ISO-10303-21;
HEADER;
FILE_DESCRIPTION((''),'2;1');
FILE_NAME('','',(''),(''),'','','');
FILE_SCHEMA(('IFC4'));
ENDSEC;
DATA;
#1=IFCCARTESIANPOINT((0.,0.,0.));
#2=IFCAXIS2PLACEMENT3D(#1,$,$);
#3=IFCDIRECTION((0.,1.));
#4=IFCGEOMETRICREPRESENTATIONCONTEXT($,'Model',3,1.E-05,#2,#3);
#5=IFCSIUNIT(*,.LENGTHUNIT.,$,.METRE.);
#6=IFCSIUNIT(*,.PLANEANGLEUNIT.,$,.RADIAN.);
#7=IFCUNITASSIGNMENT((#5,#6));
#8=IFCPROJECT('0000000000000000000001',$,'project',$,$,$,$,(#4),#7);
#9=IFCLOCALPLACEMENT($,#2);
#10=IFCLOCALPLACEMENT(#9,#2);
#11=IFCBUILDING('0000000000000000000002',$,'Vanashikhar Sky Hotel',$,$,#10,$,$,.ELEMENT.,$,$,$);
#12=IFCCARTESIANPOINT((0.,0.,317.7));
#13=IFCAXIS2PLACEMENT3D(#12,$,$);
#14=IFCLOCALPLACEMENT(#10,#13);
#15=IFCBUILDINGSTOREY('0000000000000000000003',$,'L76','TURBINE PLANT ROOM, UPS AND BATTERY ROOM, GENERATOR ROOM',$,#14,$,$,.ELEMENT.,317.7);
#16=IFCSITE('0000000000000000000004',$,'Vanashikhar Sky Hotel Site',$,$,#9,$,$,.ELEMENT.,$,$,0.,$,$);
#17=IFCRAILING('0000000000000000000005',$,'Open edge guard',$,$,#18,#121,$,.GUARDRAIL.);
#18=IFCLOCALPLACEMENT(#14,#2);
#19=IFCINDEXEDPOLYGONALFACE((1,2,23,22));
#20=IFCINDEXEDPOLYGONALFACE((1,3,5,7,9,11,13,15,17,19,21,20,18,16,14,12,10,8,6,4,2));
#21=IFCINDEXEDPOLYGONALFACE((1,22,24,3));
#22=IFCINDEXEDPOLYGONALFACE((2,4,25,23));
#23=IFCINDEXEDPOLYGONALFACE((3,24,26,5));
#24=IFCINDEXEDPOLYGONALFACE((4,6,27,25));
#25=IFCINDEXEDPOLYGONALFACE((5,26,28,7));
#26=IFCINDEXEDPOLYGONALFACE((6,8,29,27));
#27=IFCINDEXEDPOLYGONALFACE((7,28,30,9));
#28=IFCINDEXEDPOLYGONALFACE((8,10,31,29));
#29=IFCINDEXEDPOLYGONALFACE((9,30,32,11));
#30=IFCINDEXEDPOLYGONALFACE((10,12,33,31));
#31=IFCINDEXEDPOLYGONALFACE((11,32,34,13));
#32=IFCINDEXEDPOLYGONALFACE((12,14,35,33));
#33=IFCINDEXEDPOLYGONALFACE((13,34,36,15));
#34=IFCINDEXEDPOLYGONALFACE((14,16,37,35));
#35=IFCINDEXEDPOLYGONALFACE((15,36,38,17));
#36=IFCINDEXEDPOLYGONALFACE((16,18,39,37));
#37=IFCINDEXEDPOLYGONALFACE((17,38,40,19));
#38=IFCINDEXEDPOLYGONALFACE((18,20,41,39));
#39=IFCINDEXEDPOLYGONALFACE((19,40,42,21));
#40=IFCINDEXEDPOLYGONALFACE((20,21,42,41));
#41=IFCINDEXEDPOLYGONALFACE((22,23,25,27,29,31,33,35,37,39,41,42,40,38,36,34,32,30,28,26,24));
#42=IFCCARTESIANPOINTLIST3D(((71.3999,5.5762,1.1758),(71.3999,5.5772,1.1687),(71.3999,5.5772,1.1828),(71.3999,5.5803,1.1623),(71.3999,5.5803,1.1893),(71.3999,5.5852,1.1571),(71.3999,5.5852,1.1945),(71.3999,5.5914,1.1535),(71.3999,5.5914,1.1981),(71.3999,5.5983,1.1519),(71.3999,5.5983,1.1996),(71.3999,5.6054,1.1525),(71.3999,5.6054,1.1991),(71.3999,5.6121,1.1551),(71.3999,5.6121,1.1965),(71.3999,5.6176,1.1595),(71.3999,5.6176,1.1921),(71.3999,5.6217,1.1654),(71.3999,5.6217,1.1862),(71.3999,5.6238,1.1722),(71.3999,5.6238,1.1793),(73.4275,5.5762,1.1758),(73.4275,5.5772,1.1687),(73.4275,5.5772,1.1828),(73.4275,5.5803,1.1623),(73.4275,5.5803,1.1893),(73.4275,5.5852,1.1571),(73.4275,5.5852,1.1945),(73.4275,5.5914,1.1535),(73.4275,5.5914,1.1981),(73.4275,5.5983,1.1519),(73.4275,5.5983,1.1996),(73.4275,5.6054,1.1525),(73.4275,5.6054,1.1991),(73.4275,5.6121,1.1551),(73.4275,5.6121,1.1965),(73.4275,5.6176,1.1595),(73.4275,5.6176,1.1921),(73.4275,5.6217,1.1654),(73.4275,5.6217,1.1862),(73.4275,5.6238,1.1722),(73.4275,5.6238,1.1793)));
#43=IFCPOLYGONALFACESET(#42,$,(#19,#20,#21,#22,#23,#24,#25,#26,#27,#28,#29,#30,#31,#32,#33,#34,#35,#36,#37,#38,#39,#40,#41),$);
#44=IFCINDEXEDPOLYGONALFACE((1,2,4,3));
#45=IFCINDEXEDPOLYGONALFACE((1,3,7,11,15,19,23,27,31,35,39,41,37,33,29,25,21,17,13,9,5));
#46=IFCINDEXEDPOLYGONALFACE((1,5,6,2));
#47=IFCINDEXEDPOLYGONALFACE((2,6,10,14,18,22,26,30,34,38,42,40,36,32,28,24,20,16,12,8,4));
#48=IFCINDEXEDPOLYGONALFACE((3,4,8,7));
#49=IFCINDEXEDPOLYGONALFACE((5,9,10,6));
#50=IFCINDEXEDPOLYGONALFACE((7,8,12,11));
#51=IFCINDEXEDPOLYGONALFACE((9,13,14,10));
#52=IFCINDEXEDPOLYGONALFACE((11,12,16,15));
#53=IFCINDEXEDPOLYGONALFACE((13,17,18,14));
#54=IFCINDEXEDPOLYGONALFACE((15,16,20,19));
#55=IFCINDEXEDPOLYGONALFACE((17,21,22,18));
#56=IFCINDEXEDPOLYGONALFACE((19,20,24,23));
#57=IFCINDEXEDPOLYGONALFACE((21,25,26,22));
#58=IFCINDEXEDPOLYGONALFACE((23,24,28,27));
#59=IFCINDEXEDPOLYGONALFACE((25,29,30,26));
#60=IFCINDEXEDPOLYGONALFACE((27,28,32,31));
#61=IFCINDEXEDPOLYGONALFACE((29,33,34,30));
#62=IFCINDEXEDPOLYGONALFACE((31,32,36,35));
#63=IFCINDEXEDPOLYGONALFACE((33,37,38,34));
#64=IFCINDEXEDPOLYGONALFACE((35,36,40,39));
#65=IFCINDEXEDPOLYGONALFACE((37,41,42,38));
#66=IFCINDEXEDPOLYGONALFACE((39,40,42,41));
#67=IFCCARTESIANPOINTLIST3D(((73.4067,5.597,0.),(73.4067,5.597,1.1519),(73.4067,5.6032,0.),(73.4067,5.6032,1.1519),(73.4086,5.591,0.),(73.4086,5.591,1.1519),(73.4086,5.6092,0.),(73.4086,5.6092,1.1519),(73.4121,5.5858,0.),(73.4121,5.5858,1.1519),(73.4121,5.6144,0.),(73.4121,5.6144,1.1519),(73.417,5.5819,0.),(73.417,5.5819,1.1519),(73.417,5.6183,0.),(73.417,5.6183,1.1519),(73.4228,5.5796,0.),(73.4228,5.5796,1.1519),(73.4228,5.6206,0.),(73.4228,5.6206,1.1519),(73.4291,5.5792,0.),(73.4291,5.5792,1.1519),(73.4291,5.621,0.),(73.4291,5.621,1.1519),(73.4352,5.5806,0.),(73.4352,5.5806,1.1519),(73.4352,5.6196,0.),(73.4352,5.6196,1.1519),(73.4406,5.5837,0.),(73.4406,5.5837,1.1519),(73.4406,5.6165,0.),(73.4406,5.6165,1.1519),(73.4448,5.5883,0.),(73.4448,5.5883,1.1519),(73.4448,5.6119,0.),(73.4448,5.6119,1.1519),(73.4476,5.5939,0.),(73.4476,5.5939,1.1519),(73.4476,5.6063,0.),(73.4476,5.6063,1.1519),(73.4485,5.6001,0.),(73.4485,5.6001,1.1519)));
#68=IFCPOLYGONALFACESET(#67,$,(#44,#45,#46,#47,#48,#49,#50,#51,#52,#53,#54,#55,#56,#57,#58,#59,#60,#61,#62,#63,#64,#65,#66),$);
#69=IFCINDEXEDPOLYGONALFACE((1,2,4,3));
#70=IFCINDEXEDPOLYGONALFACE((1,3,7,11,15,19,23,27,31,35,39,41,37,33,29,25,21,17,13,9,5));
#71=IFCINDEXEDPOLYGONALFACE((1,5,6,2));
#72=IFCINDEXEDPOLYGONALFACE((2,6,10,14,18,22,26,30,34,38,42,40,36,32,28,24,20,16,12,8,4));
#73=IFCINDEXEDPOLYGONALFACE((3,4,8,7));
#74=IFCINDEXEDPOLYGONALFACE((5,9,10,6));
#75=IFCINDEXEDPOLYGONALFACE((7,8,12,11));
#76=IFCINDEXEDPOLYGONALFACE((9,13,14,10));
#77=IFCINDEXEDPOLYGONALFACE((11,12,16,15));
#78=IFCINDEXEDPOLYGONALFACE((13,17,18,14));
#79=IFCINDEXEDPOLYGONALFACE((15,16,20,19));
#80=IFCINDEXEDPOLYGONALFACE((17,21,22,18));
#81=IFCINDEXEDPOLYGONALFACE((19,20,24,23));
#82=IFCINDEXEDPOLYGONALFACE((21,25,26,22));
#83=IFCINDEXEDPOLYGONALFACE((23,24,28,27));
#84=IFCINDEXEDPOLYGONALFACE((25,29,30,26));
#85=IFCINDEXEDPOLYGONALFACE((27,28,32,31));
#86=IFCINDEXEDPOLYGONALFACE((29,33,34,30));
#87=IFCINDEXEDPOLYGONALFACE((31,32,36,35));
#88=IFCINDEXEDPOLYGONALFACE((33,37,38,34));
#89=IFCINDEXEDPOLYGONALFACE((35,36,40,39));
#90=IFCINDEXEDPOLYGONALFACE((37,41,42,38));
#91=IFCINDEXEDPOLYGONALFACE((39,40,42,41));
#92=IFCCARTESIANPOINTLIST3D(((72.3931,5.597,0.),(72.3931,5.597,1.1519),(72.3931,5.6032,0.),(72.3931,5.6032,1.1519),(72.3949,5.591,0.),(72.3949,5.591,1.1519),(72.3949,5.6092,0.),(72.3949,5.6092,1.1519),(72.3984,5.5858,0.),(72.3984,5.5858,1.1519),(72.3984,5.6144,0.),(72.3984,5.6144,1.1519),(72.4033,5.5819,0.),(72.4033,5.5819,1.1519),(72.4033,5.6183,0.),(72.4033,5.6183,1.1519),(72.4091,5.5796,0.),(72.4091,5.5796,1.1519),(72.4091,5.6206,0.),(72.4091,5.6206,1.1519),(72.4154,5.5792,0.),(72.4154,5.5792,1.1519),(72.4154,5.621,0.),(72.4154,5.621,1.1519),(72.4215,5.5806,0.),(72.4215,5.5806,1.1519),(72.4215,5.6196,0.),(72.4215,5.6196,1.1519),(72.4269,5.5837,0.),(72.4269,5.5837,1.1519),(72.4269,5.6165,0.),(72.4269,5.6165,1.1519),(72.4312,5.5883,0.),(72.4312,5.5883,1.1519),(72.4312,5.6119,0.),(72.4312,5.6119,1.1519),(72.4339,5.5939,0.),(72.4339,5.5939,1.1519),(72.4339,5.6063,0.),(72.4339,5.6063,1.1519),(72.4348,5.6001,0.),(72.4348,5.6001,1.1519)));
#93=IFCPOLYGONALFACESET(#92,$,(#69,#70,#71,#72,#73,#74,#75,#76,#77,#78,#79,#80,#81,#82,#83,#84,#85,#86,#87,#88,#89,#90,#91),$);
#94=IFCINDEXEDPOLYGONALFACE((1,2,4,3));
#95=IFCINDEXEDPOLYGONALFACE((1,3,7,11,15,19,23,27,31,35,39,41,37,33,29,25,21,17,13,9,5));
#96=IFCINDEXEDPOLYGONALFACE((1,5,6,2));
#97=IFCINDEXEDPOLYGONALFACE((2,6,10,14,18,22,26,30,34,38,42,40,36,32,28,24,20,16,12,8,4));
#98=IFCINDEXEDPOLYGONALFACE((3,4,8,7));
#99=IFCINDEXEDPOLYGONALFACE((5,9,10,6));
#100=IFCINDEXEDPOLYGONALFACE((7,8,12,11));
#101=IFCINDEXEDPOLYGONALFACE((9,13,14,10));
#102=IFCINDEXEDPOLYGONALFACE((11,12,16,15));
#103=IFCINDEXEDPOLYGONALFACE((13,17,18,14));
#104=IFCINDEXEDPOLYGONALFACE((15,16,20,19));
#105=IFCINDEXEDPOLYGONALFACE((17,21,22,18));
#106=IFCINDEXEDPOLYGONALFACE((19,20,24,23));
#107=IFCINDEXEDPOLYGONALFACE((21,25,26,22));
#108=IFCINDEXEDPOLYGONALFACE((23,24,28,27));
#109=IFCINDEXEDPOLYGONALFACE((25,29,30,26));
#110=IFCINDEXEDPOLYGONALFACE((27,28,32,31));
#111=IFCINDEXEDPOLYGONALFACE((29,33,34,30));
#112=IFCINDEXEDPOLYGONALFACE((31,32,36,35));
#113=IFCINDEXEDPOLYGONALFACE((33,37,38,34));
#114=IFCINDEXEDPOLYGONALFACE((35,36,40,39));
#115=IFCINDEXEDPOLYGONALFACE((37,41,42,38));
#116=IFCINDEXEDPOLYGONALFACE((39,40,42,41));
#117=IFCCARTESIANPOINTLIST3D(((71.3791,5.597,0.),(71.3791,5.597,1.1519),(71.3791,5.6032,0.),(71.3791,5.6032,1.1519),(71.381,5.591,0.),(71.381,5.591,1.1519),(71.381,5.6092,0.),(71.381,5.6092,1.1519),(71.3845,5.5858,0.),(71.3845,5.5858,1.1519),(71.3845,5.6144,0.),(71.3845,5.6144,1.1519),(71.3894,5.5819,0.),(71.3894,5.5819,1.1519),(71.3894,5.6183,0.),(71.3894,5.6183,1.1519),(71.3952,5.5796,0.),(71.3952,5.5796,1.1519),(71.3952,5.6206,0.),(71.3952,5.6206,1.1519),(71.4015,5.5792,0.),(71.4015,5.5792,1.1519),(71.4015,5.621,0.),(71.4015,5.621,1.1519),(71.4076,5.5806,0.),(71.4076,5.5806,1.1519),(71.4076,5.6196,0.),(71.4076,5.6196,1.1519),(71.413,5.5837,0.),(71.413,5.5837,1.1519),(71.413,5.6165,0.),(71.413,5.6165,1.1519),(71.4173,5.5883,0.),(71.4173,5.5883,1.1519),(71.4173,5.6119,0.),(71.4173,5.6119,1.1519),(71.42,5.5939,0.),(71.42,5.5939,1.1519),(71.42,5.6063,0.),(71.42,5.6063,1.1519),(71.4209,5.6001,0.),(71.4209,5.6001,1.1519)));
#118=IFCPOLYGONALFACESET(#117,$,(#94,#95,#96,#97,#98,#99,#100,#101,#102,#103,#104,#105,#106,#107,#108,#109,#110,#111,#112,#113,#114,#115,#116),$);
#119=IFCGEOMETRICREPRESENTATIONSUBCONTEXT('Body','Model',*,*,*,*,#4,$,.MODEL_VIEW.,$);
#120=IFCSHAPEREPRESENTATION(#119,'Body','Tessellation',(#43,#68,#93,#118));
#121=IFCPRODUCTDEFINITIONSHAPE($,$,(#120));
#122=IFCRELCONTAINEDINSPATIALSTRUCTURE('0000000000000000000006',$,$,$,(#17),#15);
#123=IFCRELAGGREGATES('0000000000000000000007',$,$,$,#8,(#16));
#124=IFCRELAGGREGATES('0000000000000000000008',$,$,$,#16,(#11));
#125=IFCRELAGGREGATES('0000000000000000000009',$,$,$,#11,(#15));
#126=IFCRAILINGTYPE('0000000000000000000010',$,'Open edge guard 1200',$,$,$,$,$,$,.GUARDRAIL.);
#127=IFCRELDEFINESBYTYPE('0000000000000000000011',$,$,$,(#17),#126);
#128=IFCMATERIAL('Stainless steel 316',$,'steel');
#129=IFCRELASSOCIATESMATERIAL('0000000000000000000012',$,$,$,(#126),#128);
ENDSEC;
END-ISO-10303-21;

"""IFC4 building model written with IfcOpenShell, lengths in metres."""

from ifc_helpers import new_model, si_unit, direction, frame, origin, origin_2d, place, context, subcontext, project, spatial, circle, extrude, source, transform, mapped, material, type_object, element, save


model = new_model("IFC4")

# Units and contexts
model_context = context("Model", 3, precision=1e-05, world=origin(), true_north=direction((0.0, 1.0)))
body_context = subcontext(model_context, "Body", "Model", "MODEL_VIEW")
ifc_project = project(units=[si_unit("LENGTHUNIT", "METRE"), si_unit("PLANEANGLEUNIT", "RADIAN")], contexts=[model_context])

# Site, building, storey
site_placement = place(None, origin())
site = spatial("IfcSite", under=ifc_project, at=site_placement, Name="Vanashikhar Sky Hotel Site", CompositionType="ELEMENT", RefElevation=0.0)
building_placement = place(site_placement, origin())
building = spatial("IfcBuilding", under=site, at=building_placement, Name="Vanashikhar Sky Hotel", CompositionType="ELEMENT")
storey_placement = place(building_placement, frame((0.0, 0.0, 317.7)))
storey = spatial("IfcBuildingStorey", under=building, at=storey_placement, Name="L76", Description="TURBINE PLANT ROOM, UPS AND BATTERY ROOM, GENERATOR ROOM", CompositionType="ELEMENT", Elevation=317.7)

# Railing
ifc_material_1 = material(Name="Stainless steel 316", Category="steel")
railing_type = type_object("IfcRailingType", Name="Open edge guard 1200", PredefinedType="GUARDRAIL", material=ifc_material_1)
shared_shape_1 = source(origin(), body_context, "Body", "SweptSolid", [
    extrude(circle(Radius=0.0239, at=origin_2d()), frame((0.0, 0.0, 1.1758), z_axis=(-1.0, 0.0, 0.0), x_axis=(0.0, -1.0, 0.0)), (0.0, 0.0, 1.0), 2.0276),
    extrude(circle(Radius=0.021, at=origin_2d()), origin(), (0.0, 0.0, 1.0), 1.1519),
    extrude(circle(Radius=0.021, at=origin_2d()), frame((-1.0137, 0.0, 0.0)), (0.0, 0.0, 1.0), 1.1519),
    extrude(circle(Radius=0.021, at=origin_2d()), frame((-2.0276, 0.0, 0.0)), (0.0, 0.0, 1.0), 1.1519),
])
for number, where, name in (
    (1, (73.4275, 5.6001, 0.0), "Open edge guard"),
):
    element("IfcRailing", number, at=place(storey_placement, frame(where)), inside=storey, type_object=railing_type, Name=name, PredefinedType="GUARDRAIL", context=body_context, shape_type="MappedRepresentation", body=[
        mapped(shared_shape_1, transform((0.0, 0.0, 0.0), scale=1.0)),
    ])

save(model, "model.ifc")
